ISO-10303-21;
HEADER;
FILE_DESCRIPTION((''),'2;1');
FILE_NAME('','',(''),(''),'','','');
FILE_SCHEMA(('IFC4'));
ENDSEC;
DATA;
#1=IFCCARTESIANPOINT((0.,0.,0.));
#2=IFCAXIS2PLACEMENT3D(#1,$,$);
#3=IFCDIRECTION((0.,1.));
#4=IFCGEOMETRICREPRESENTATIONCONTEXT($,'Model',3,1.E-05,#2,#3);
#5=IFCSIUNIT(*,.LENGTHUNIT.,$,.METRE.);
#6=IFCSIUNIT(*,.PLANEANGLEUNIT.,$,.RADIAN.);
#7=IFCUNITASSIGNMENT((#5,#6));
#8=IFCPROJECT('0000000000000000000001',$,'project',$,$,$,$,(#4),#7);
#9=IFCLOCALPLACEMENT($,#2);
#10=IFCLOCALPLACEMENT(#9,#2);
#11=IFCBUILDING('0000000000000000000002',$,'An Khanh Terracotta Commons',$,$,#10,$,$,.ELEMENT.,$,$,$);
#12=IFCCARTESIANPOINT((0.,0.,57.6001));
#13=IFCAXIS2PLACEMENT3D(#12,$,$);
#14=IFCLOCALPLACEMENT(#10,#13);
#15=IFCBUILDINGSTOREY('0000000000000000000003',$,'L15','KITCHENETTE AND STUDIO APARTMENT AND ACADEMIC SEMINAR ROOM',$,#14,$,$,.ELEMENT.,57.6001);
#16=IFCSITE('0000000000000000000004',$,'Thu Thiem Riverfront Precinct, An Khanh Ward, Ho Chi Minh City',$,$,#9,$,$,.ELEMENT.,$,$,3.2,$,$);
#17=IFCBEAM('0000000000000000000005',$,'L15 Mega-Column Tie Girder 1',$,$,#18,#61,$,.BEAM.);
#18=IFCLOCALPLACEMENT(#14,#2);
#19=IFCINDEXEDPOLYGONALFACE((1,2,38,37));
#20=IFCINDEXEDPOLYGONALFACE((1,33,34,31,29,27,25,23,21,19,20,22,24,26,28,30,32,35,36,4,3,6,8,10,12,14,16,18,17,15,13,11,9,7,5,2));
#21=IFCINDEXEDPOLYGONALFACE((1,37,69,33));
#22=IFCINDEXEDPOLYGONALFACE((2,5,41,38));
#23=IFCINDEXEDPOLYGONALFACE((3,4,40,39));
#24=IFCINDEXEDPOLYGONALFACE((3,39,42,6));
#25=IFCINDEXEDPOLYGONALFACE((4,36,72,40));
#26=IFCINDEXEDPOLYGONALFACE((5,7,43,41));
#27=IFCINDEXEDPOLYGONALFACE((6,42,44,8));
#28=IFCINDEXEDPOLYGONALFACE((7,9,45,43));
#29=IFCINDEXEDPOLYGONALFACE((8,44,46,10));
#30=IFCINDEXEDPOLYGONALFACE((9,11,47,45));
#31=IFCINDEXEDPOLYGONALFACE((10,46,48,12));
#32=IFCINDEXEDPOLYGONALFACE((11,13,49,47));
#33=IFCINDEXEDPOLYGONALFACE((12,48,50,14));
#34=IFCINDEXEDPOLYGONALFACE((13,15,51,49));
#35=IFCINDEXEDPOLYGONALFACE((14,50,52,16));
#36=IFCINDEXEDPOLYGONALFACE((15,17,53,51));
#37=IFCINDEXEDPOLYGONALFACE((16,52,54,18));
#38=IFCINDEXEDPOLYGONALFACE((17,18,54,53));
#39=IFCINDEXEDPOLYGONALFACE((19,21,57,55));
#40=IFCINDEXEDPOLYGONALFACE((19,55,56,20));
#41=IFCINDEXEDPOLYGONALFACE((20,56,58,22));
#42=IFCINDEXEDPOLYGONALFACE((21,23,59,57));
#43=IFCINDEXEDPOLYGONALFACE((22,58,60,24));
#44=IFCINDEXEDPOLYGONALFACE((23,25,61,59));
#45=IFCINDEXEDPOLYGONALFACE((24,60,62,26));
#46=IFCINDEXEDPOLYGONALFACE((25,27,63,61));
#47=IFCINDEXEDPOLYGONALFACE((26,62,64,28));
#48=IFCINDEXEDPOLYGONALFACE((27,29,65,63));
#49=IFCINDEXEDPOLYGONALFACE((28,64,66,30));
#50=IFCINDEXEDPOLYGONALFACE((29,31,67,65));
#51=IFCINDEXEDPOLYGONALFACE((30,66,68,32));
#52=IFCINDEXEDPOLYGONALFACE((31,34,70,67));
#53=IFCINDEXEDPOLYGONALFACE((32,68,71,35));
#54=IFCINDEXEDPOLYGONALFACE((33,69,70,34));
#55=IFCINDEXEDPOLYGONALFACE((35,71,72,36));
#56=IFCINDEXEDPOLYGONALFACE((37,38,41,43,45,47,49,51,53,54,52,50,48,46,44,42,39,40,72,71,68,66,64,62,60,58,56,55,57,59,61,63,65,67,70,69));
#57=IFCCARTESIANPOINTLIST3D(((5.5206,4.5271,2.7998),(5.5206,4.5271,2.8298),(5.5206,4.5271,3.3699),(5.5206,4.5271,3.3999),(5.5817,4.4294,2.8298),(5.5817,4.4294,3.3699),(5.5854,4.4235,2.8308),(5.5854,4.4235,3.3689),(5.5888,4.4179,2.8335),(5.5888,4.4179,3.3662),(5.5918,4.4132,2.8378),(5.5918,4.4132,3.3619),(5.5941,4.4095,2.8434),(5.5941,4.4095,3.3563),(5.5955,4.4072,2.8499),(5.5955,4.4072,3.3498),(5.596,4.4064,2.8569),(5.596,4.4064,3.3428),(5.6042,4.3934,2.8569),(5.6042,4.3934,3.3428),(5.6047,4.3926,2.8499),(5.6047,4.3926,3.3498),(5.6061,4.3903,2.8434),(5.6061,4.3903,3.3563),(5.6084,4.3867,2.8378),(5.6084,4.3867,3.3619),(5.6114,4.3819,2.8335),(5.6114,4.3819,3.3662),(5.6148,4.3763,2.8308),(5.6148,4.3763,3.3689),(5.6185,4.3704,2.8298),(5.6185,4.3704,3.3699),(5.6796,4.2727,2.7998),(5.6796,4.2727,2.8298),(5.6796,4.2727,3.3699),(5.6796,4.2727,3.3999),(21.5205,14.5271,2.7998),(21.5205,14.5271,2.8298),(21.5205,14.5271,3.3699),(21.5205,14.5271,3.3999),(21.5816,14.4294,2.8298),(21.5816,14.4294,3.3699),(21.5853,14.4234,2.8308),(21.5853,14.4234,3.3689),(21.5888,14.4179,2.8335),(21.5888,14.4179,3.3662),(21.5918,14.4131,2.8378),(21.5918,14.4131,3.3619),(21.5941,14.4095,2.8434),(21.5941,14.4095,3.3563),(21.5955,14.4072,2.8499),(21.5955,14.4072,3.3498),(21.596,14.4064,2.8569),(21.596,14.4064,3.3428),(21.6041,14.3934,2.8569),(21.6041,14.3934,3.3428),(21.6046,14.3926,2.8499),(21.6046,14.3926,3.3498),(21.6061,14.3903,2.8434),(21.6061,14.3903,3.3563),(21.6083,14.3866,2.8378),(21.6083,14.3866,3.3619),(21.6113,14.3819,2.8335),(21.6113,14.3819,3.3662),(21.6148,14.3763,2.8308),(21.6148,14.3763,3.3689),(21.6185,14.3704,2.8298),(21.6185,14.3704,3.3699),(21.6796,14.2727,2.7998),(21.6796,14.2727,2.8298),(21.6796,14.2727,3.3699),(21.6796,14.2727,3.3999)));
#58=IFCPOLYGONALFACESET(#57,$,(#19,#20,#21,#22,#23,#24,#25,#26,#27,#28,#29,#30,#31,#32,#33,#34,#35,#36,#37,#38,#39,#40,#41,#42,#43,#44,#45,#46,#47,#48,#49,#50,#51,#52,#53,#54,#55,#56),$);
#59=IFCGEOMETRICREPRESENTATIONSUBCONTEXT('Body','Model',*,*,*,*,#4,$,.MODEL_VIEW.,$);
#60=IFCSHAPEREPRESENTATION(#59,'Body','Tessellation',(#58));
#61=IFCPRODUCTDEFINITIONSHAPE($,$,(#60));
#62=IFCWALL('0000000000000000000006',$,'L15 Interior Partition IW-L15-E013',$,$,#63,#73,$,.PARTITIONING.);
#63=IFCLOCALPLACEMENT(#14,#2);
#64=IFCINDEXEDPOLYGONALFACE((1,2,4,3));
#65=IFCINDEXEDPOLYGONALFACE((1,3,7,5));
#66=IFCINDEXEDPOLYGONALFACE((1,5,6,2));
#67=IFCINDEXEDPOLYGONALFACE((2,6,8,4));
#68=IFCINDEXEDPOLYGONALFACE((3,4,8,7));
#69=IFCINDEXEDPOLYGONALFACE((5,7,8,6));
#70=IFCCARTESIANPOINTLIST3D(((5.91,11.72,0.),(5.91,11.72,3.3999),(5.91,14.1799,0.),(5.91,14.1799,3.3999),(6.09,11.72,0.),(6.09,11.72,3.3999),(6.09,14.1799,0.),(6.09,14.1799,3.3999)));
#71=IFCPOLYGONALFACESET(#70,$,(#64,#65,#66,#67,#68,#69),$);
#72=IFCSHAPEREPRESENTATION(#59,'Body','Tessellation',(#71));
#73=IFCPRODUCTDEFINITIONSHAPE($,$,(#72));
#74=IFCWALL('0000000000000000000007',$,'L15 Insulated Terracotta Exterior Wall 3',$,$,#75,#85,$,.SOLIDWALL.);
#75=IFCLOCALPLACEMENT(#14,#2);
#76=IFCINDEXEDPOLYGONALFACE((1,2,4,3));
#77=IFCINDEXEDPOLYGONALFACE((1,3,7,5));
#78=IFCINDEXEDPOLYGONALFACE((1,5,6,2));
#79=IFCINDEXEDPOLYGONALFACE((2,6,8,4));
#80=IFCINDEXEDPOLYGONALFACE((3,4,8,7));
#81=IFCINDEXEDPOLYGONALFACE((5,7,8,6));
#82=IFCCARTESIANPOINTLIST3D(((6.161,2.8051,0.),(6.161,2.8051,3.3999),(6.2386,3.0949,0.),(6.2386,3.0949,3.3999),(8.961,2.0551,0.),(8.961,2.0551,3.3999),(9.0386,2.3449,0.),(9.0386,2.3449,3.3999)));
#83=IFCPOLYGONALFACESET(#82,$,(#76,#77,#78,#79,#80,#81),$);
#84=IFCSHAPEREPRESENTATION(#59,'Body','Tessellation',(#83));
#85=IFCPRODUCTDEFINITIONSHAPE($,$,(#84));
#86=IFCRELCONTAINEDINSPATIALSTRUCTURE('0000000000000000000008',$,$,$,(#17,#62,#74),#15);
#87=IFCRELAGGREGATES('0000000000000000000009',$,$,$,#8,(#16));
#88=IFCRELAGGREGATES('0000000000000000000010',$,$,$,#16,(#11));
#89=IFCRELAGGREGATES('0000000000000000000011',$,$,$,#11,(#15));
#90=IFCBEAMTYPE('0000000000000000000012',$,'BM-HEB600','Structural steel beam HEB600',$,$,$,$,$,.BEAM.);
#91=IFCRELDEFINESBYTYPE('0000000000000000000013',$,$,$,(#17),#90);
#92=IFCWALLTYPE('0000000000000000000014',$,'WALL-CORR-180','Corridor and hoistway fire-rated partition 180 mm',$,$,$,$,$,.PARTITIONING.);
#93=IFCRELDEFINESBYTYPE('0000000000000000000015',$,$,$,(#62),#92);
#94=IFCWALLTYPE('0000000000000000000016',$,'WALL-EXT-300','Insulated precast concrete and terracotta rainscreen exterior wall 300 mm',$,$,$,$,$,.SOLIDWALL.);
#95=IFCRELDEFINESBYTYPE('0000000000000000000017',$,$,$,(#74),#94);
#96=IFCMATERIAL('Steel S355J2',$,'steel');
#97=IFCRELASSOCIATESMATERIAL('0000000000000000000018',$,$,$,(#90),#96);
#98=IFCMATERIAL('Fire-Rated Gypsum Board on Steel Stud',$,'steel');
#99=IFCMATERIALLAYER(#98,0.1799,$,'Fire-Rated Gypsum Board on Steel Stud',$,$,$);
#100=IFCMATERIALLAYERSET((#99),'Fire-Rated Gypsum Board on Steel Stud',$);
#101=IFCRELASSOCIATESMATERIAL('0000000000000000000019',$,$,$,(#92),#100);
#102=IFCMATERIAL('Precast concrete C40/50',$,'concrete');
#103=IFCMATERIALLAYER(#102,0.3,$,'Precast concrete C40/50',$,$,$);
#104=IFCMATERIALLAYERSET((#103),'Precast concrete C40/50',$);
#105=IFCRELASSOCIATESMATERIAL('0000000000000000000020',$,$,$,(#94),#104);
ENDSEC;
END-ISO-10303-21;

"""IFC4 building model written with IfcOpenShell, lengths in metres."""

from ifc_helpers import new_model, si_unit, direction, frame, frame_2d, origin, origin_2d, place, context, subcontext, project, spatial, rectangle, i_section, extrude, material, layer, layer_set, material_profile, profile_set, type_object, element, save


model = new_model("IFC4")

# Units and contexts
model_context = context("Model", 3, precision=1e-05, world=origin(), true_north=direction((0.0, 1.0)))
body_context = subcontext(model_context, "Body", "Model", "MODEL_VIEW")
ifc_project = project(units=[si_unit("LENGTHUNIT", "METRE"), si_unit("PLANEANGLEUNIT", "RADIAN")], contexts=[model_context])

# Site, building, storey
site_placement = place(None, origin())
site = spatial("IfcSite", under=ifc_project, at=site_placement, Name="Thu Thiem Riverfront Precinct, An Khanh Ward, Ho Chi Minh City", CompositionType="ELEMENT", RefElevation=3.2)
building_placement = place(site_placement, origin())
building = spatial("IfcBuilding", under=site, at=building_placement, Name="An Khanh Terracotta Commons", CompositionType="ELEMENT")
storey_placement = place(building_placement, frame((0.0, 0.0, 57.6001)))
storey = spatial("IfcBuildingStorey", under=building, at=storey_placement, Name="L15", Description="KITCHENETTE AND STUDIO APARTMENT AND ACADEMIC SEMINAR ROOM", CompositionType="ELEMENT", Elevation=57.6001)

# Beam
ifc_material_1 = material(Name="Steel S355J2", Category="steel")
ifc_material_profile_1 = material_profile(ifc_material_1, i_section(OverallWidth=0.3, OverallDepth=0.6001, WebThickness=0.0154, FlangeThickness=0.03, FilletRadius=0.0271, at=origin_2d()), Name="HEB600")
ifc_profile_set_1 = profile_set([ifc_material_profile_1], Name="Steel S355J2")
beam_type_1 = type_object("IfcBeamType", Name="BM-HEB600", Description="Structural steel beam HEB600", PredefinedType="BEAM", material=ifc_profile_set_1)
beam_1_placement = place(storey_placement, frame((5.6001, 4.3999, 3.0999), z_axis=(0.847998, 0.529999, 0.0), x_axis=(-0.529999, 0.847998, 0.0)))
element("IfcBeam", 1, at=beam_1_placement, inside=storey, type_object=beam_type_1, Name="L15 Mega-Column Tie Girder 1", PredefinedType="BEAM", context=body_context, shape_type="SweptSolid", body=[
    extrude(i_section(OverallWidth=0.3, OverallDepth=0.6001, WebThickness=0.0154, FlangeThickness=0.03, FilletRadius=0.0271, at=origin_2d()), origin(), (0.0, 0.0, 1.0), 18.8679),
])

# Walls
ifc_material_2 = material(Name="Fire-Rated Gypsum Board on Steel Stud", Category="steel")
ifc_layer_1 = layer(ifc_material_2, 0.1799, Name="Fire-Rated Gypsum Board on Steel Stud")
ifc_layer_set_1 = layer_set([ifc_layer_1], Name="Fire-Rated Gypsum Board on Steel Stud")
wall_type_1 = type_object("IfcWallType", Name="WALL-CORR-180", Description="Corridor and hoistway fire-rated partition 180 mm", PredefinedType="PARTITIONING", material=ifc_layer_set_1)
wall_1_placement = place(storey_placement, frame((6.0, 11.72, 0.0), z_axis=(0.0, 0.0, 1.0), x_axis=(0.0, 1.0, 0.0)))
element("IfcWall", 2, at=wall_1_placement, inside=storey, type_object=wall_type_1, Name="L15 Interior Partition IW-L15-E013", PredefinedType="PARTITIONING", context=body_context, shape_type="SweptSolid", body=[
    extrude(rectangle(XDim=2.46, YDim=0.1799, at=frame_2d((1.23, 0.0))), origin(), (0.0, 0.0, 1.0), 3.3999),
])
ifc_material_3 = material(Name="Precast concrete C40/50", Category="concrete")
ifc_layer_2 = layer(ifc_material_3, 0.3, Name="Precast concrete C40/50")
ifc_layer_set_2 = layer_set([ifc_layer_2], Name="Precast concrete C40/50")
wall_type_2 = type_object("IfcWallType", Name="WALL-EXT-300", Description="Insulated precast concrete and terracotta rainscreen exterior wall 300 mm", PredefinedType="SOLIDWALL", material=ifc_layer_set_2)
wall_2_placement = place(storey_placement, frame((6.2, 2.95, 0.0), z_axis=(0.0, 0.0, 1.0), x_axis=(0.965949, -0.258732, 0.0)))
element("IfcWall", 3, at=wall_2_placement, inside=storey, type_object=wall_type_2, Name="L15 Insulated Terracotta Exterior Wall 3", PredefinedType="SOLIDWALL", context=body_context, shape_type="SweptSolid", body=[
    extrude(rectangle(XDim=2.8987, YDim=0.3, at=frame_2d((1.4492, 0.0))), origin(), (0.0, 0.0, 1.0), 3.3999),
])

save(model, "model.ifc")
